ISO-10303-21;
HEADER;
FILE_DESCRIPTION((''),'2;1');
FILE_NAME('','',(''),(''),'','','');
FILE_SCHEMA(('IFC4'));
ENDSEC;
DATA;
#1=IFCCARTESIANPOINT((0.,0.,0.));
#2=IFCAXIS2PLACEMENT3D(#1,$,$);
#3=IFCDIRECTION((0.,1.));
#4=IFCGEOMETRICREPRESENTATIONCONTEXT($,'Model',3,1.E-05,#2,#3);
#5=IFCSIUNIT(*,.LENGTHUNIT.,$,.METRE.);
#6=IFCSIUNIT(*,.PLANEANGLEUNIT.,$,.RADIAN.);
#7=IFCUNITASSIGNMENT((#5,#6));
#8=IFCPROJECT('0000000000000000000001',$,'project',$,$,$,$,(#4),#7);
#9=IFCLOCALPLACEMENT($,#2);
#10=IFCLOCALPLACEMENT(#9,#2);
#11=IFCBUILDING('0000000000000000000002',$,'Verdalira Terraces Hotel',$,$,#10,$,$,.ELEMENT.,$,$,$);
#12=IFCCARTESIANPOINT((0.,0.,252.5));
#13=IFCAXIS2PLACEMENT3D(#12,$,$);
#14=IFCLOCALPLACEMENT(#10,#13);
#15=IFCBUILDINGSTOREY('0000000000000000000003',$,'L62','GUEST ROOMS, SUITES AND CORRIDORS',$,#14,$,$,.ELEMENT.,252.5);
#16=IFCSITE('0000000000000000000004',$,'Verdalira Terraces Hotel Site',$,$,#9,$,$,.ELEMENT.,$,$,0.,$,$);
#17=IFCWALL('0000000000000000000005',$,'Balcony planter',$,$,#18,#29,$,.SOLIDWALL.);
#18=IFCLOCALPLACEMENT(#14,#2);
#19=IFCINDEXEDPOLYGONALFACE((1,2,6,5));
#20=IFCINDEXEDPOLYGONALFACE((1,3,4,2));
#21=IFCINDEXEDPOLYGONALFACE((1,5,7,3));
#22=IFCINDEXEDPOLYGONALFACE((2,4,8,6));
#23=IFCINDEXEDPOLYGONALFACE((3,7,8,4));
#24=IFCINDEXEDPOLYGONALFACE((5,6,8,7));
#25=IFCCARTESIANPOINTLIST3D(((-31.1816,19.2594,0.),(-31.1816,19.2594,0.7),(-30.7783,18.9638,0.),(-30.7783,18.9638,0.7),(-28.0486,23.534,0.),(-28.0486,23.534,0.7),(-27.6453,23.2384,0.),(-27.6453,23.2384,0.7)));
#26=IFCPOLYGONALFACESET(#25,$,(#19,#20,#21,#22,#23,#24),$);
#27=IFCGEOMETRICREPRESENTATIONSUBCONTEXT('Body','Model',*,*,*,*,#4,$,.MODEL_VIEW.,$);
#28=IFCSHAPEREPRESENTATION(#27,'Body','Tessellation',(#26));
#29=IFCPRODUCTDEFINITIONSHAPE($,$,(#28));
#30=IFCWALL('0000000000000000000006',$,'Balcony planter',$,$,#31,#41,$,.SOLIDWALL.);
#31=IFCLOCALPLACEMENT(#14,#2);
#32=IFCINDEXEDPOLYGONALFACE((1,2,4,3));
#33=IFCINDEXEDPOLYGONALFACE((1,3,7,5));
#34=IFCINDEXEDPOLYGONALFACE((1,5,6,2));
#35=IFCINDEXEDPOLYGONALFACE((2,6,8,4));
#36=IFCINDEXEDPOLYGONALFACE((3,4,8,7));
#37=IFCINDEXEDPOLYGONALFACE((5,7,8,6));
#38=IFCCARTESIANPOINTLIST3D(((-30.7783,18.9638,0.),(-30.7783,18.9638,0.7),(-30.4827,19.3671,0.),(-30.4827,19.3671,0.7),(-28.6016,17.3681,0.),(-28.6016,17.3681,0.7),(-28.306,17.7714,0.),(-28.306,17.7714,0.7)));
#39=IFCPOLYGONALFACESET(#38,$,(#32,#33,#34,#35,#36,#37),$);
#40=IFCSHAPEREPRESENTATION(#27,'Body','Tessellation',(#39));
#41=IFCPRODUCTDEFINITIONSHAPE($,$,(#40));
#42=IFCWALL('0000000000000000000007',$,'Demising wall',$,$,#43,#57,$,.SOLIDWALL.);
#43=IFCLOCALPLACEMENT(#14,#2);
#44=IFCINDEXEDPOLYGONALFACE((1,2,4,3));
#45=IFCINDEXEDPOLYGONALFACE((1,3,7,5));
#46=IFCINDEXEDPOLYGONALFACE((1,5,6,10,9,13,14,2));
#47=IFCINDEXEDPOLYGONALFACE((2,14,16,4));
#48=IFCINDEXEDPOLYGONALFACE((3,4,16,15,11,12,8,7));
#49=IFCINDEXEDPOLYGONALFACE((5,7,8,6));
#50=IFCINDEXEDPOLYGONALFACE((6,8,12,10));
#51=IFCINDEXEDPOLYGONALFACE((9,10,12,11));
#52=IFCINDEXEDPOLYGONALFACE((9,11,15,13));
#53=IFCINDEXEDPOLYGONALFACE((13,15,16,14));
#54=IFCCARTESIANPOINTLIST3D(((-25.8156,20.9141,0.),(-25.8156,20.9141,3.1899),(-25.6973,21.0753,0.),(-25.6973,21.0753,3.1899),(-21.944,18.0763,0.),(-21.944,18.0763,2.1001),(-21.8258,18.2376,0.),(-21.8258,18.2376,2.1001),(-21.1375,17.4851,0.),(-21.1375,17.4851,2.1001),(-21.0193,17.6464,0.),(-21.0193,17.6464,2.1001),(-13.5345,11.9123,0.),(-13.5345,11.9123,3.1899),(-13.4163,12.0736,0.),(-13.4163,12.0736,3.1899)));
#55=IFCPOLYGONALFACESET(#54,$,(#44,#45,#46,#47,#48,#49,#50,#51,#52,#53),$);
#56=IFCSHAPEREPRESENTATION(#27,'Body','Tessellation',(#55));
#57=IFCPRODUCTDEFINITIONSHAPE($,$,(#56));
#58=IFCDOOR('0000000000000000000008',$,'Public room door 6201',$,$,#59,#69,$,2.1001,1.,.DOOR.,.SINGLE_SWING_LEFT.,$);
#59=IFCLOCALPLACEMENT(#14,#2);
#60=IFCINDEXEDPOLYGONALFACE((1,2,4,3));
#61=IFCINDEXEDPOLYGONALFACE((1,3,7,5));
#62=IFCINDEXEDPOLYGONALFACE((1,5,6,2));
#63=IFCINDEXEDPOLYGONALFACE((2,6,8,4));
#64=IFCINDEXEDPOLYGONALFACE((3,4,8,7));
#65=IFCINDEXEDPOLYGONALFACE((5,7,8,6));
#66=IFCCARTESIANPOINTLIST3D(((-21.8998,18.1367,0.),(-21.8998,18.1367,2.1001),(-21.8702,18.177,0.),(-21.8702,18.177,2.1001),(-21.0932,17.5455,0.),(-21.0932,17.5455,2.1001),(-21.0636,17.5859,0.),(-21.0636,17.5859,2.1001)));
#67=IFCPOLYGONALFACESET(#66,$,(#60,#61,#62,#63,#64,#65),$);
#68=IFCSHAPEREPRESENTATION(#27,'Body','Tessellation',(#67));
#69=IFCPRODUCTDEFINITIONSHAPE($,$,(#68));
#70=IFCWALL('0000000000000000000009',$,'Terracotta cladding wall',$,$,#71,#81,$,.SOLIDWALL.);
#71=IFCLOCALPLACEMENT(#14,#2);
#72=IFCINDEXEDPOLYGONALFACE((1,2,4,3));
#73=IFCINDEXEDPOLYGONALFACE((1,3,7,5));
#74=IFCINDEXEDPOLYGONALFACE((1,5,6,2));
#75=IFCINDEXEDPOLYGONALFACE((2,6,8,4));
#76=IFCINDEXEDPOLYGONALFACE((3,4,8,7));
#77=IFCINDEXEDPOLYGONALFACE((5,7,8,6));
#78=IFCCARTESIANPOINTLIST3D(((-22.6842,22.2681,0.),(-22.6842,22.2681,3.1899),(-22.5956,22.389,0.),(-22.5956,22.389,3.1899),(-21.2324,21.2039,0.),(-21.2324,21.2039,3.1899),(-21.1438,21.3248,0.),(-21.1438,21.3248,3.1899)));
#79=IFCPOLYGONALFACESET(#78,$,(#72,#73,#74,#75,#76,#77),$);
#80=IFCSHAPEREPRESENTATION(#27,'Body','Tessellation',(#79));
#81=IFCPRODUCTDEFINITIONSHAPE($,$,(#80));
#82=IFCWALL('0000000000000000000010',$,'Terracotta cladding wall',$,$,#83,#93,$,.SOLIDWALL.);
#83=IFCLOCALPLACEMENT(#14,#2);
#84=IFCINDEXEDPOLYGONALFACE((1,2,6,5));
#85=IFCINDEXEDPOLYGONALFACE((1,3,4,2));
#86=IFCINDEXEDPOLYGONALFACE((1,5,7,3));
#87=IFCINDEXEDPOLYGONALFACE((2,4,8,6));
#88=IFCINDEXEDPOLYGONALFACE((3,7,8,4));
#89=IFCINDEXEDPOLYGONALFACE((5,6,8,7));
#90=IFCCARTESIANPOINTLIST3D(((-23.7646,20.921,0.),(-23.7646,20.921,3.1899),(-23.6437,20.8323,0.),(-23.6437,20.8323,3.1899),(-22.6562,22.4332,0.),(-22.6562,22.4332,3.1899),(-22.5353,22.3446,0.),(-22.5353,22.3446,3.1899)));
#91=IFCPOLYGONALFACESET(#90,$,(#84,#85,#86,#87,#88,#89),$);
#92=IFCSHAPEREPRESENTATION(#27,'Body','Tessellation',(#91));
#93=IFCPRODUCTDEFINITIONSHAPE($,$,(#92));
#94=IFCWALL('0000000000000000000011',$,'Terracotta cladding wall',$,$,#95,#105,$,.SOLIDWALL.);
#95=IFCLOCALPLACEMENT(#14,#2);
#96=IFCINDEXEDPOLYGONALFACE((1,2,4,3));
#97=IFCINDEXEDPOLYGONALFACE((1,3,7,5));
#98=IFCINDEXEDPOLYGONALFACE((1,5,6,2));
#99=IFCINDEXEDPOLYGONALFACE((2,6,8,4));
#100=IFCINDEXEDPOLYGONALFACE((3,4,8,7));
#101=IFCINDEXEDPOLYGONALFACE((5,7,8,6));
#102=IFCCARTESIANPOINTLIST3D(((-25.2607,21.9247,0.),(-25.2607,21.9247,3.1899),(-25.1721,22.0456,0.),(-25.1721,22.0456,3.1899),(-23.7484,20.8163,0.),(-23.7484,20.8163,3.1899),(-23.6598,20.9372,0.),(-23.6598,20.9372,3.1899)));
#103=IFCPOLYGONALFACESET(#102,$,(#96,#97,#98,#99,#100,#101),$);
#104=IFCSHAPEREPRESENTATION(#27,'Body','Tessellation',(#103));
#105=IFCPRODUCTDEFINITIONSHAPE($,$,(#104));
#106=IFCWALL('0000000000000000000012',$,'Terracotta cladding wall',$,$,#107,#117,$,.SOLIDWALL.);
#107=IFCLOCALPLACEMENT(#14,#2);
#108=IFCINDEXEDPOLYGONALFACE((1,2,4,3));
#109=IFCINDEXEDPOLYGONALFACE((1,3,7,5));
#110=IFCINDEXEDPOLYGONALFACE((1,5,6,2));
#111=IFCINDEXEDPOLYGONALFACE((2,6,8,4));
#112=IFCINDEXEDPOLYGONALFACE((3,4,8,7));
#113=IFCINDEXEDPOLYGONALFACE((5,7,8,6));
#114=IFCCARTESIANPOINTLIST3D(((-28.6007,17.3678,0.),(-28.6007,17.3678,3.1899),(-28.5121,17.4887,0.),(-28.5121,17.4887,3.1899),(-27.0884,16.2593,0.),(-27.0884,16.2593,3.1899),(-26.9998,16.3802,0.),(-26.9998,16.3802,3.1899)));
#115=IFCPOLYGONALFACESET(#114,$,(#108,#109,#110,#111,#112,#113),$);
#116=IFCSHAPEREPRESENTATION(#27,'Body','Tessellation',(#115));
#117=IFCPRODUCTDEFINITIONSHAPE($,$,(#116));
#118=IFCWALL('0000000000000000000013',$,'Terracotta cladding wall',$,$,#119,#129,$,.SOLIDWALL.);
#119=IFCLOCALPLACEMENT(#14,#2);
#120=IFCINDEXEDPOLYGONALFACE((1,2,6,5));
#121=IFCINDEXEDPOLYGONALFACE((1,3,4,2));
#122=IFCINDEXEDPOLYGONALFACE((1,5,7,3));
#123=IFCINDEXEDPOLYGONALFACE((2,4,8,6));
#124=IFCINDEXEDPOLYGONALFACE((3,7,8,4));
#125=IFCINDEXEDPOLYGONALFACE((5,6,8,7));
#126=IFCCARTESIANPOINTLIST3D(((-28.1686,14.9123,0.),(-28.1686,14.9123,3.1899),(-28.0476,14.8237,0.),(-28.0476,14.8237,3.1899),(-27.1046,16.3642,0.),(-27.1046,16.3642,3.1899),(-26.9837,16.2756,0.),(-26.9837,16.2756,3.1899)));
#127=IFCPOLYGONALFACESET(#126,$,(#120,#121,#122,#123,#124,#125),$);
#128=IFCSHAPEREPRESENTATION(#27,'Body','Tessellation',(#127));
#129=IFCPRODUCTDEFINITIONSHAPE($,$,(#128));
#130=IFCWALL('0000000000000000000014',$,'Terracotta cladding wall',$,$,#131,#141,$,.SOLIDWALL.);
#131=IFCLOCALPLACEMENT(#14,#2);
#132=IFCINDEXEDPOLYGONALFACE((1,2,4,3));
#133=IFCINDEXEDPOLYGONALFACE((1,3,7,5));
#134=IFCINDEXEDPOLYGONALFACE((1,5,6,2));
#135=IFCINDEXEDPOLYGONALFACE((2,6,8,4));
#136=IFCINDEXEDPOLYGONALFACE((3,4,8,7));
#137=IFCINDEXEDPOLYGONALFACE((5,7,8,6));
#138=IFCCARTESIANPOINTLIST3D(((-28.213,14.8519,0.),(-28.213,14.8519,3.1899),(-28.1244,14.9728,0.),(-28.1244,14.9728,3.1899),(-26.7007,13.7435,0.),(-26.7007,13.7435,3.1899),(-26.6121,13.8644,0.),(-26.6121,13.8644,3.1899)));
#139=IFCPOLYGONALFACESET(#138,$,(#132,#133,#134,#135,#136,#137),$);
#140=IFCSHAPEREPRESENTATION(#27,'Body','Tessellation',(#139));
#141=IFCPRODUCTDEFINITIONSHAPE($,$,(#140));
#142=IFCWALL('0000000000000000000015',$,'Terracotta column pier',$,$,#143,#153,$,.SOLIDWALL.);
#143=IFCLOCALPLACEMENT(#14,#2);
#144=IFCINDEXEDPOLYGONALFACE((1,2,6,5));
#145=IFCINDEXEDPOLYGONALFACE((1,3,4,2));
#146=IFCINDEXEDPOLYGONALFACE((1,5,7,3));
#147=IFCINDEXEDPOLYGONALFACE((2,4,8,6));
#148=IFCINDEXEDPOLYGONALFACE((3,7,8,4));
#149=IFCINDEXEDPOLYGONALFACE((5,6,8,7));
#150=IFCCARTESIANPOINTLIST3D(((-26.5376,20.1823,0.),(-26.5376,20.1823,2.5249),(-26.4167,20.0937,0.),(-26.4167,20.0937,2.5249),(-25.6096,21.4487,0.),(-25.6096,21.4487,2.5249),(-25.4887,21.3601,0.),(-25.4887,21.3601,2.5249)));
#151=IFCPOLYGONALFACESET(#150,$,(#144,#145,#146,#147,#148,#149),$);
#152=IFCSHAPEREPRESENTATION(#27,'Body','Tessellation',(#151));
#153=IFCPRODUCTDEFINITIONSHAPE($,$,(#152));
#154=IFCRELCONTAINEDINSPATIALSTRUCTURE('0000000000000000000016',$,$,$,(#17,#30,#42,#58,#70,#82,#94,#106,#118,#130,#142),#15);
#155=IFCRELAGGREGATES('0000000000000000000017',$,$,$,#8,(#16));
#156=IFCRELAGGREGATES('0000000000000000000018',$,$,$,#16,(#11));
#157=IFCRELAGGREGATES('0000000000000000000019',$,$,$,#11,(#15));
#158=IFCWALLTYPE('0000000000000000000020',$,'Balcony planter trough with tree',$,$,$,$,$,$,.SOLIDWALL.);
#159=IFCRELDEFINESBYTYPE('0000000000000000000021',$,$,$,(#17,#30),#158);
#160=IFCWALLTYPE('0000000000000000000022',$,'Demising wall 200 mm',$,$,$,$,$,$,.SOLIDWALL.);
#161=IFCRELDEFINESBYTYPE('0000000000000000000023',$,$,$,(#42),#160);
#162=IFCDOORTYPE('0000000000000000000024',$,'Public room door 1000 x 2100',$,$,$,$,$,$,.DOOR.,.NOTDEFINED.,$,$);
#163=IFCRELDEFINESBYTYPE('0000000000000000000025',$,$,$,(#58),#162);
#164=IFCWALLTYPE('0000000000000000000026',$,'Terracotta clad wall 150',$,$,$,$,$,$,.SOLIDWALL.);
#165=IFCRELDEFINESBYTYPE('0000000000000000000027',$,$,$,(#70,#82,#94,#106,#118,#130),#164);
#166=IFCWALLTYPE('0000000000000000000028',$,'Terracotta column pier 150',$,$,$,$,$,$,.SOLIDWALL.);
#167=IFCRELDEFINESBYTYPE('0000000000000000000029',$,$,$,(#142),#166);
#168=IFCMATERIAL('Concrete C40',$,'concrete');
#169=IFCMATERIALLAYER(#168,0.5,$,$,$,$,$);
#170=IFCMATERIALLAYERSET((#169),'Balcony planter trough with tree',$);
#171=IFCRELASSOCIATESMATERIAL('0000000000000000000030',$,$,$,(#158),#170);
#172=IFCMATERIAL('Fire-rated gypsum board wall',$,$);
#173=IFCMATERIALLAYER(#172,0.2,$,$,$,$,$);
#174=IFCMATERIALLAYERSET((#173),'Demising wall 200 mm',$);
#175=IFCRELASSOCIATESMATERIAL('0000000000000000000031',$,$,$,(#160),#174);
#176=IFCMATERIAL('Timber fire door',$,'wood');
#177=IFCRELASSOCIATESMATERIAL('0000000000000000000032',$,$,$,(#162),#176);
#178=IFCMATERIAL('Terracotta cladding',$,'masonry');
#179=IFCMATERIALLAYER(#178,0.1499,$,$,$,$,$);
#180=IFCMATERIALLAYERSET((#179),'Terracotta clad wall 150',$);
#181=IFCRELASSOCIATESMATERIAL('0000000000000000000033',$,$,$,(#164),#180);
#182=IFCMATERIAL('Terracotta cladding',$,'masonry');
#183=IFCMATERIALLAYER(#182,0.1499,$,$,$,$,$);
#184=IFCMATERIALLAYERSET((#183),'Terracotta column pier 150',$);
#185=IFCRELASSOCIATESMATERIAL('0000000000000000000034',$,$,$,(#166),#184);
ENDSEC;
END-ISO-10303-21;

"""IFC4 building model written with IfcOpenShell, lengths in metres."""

from ifc_helpers import new_model, si_unit, direction, frame, frame_2d, origin, place, context, subcontext, project, spatial, rectangle, extrude, material, layer, layer_set, type_object, element, fill, save


model = new_model("IFC4")

# Units and contexts
model_context = context("Model", 3, precision=1e-05, world=origin(), true_north=direction((0.0, 1.0)))
body_context = subcontext(model_context, "Body", "Model", "MODEL_VIEW")
ifc_project = project(units=[si_unit("LENGTHUNIT", "METRE"), si_unit("PLANEANGLEUNIT", "RADIAN")], contexts=[model_context])

# Site, building, storey
site_placement = place(None, origin())
site = spatial("IfcSite", under=ifc_project, at=site_placement, Name="Verdalira Terraces Hotel Site", CompositionType="ELEMENT", RefElevation=0.0)
building_placement = place(site_placement, origin())
building = spatial("IfcBuilding", under=site, at=building_placement, Name="Verdalira Terraces Hotel", CompositionType="ELEMENT")
storey_placement = place(building_placement, frame((0.0, 0.0, 252.5)))
storey = spatial("IfcBuildingStorey", under=building, at=storey_placement, Name="L62", Description="GUEST ROOMS, SUITES AND CORRIDORS", CompositionType="ELEMENT", Elevation=252.5)

# Walls
ifc_material_1 = material(Name="Concrete C40", Category="concrete")
ifc_layer_1 = layer(ifc_material_1, 0.5)
ifc_layer_set_1 = layer_set([ifc_layer_1], Name="Balcony planter trough with tree")
wall_type_1 = type_object("IfcWallType", Name="Balcony planter trough with tree", PredefinedType="SOLIDWALL", material=ifc_layer_set_1)
wall_1_placement = place(storey_placement, frame((-27.8469, 23.3862, 0.0), z_axis=(0.0, 0.0, 1.0), x_axis=(-0.591156, -0.806557, 0.0)))
element("IfcWall", 1, at=wall_1_placement, inside=storey, type_object=wall_type_1, Name="Balcony planter", PredefinedType="SOLIDWALL", context=body_context, shape_type="SweptSolid", body=[
    extrude(rectangle(XDim=5.2998, YDim=0.5, at=frame_2d((2.6499, 0.0))), origin(), (0.0, 0.0, 1.0), 0.7),
])
wall_2_placement = place(storey_placement, frame((-30.6306, 19.1655, 0.0), z_axis=(0.0, 0.0, 1.0), x_axis=(0.806509, -0.591222, 0.0)))
element("IfcWall", 2, at=wall_2_placement, inside=storey, type_object=wall_type_1, Name="Balcony planter", PredefinedType="SOLIDWALL", context=body_context, shape_type="SweptSolid", body=[
    extrude(rectangle(XDim=2.699, YDim=0.5, at=frame_2d((1.3496, 0.0))), origin(), (0.0, 0.0, 1.0), 0.7),
])

# Wall, opening, door
ifc_material_2 = material(Name="Fire-rated gypsum board wall")
ifc_layer_2 = layer(ifc_material_2, 0.2)
ifc_layer_set_2 = layer_set([ifc_layer_2], Name="Demising wall 200 mm")
wall_type_2 = type_object("IfcWallType", Name="Demising wall 200 mm", PredefinedType="SOLIDWALL", material=ifc_layer_set_2)
wall_3_placement = place(storey_placement, frame((-25.7563, 20.9946, 0.0), z_axis=(0.0, 0.0, 1.0), x_axis=(0.806542, -0.591177, 0.0)))
wall_3 = element("IfcWall", 3, at=wall_3_placement, inside=storey, type_object=wall_type_2, Name="Demising wall", PredefinedType="SOLIDWALL", context=body_context, shape_type="SweptSolid", body=[
    extrude(rectangle(XDim=15.2268, YDim=0.2, at=frame_2d((7.6133, 0.0))), origin(), (0.0, 0.0, 1.0), 3.1899),
])
opening_1_placement = place(wall_3_placement, frame((4.8, 0.0, 0.0)))
opening_1 = element("IfcOpeningElement", 4, at=opening_1_placement, cuts=wall_3, PredefinedType="OPENING", context=body_context, shape_type="SweptSolid", body=[
    extrude(rectangle(XDim=1.0, YDim=2.1001, at=frame_2d((0.5, 1.05))), frame((0.0, 0.1099, 0.0), z_axis=(0.0, -1.0, 0.0), x_axis=(1.0, 0.0, 0.0)), (0.0, 0.0, 1.0), 0.22),
])
ifc_material_3 = material(Name="Timber fire door", Category="wood")
door_type_1 = type_object("IfcDoorType", Name="Public room door 1000 x 2100", OperationType="NOTDEFINED", PredefinedType="DOOR", material=ifc_material_3)
door_1_placement = place(opening_1_placement, origin())
door_1 = element("IfcDoor", 5, at=door_1_placement, inside=storey, type_object=door_type_1, Name="Public room door 6201", OperationType="SINGLE_SWING_LEFT", OverallHeight=2.1001, OverallWidth=1.0, PredefinedType="DOOR", context=body_context, shape_type="SweptSolid", body=[
    extrude(rectangle(XDim=1.0, YDim=2.1001, at=frame_2d((0.5, 1.05))), frame((0.0, 0.0249, 0.0), z_axis=(0.0, -1.0, 0.0), x_axis=(1.0, 0.0, 0.0)), (0.0, 0.0, 1.0), 0.05),
])
fill(opening_1, door_1)

# Walls
ifc_material_4 = material(Name="Terracotta cladding", Category="masonry")
ifc_layer_3 = layer(ifc_material_4, 0.1499)
ifc_layer_set_3 = layer_set([ifc_layer_3], Name="Terracotta clad wall 150")
wall_type_3 = type_object("IfcWallType", Name="Terracotta clad wall 150", PredefinedType="SOLIDWALL", material=ifc_layer_set_3)
wall_4_placement = place(storey_placement, frame((-21.1882, 21.2644, 0.0), z_axis=(0.0, 0.0, 1.0), x_axis=(-0.806496, 0.59124, 0.0)))
element("IfcWall", 6, at=wall_4_placement, inside=storey, type_object=wall_type_3, Name="Terracotta cladding wall", PredefinedType="SOLIDWALL", context=body_context, shape_type="SweptSolid", body=[
    extrude(rectangle(XDim=1.8, YDim=0.1499, at=frame_2d((0.8999, 0.0))), origin(), (0.0, 0.0, 1.0), 3.1899),
])
for number, where, z_axis, x_axis, name in (
    (7, (-22.5957, 22.3889, 0.0), (0.0, 0.0, 1.0), (-0.591172, -0.806546, 0.0), "Terracotta cladding wall"),
    (8, (-23.7041, 20.8767, 0.0), (0.0, 0.0, 1.0), (-0.806546, 0.591172, 0.0), "Terracotta cladding wall"),
    (9, (-28.5564, 17.4282, 0.0), (0.0, 0.0, 1.0), (0.806546, -0.591172, 0.0), "Terracotta cladding wall"),
):
    element("IfcWall", number, at=place(storey_placement, frame(where, z_axis=z_axis, x_axis=x_axis)), inside=storey, type_object=wall_type_3, Name=name, PredefinedType="SOLIDWALL", context=body_context, shape_type="SweptSolid", body=[
        extrude(rectangle(XDim=1.875, YDim=0.1499, at=frame_2d((0.9375, 0.0))), origin(), (0.0, 0.0, 1.0), 3.1899),
    ])
wall_5_placement = place(storey_placement, frame((-27.0442, 16.3198, 0.0), z_axis=(0.0, 0.0, 1.0), x_axis=(-0.591087, -0.806608, 0.0)))
element("IfcWall", 10, at=wall_5_placement, inside=storey, type_object=wall_type_3, Name="Terracotta cladding wall", PredefinedType="SOLIDWALL", context=body_context, shape_type="SweptSolid", body=[
    extrude(rectangle(XDim=1.8, YDim=0.1499, at=frame_2d((0.8999, 0.0))), origin(), (0.0, 0.0, 1.0), 3.1899),
])
wall_6_placement = place(storey_placement, frame((-28.1687, 14.9124, 0.0), z_axis=(0.0, 0.0, 1.0), x_axis=(0.806546, -0.591172, 0.0)))
element("IfcWall", 11, at=wall_6_placement, inside=storey, type_object=wall_type_3, Name="Terracotta cladding wall", PredefinedType="SOLIDWALL", context=body_context, shape_type="SweptSolid", body=[
    extrude(rectangle(XDim=1.875, YDim=0.1499, at=frame_2d((0.9375, 0.0))), origin(), (0.0, 0.0, 1.0), 3.1899),
])
ifc_material_5 = material(Name="Terracotta cladding", Category="masonry")
ifc_layer_4 = layer(ifc_material_5, 0.1499)
ifc_layer_set_4 = layer_set([ifc_layer_4], Name="Terracotta column pier 150")
wall_type_4 = type_object("IfcWallType", Name="Terracotta column pier 150", PredefinedType="SOLIDWALL", material=ifc_layer_set_4)
wall_7_placement = place(storey_placement, frame((-25.5491, 21.4045, 0.0), z_axis=(0.0, 0.0, 1.0), x_axis=(-0.59108, -0.806613, 0.0)))
element("IfcWall", 12, at=wall_7_placement, inside=storey, type_object=wall_type_4, Name="Terracotta column pier", PredefinedType="SOLIDWALL", context=body_context, shape_type="SweptSolid", body=[
    extrude(rectangle(XDim=1.5701, YDim=0.1499, at=frame_2d((0.7852, 0.0))), origin(), (0.0, 0.0, 1.0), 2.5249),
])

save(model, "model.ifc")
